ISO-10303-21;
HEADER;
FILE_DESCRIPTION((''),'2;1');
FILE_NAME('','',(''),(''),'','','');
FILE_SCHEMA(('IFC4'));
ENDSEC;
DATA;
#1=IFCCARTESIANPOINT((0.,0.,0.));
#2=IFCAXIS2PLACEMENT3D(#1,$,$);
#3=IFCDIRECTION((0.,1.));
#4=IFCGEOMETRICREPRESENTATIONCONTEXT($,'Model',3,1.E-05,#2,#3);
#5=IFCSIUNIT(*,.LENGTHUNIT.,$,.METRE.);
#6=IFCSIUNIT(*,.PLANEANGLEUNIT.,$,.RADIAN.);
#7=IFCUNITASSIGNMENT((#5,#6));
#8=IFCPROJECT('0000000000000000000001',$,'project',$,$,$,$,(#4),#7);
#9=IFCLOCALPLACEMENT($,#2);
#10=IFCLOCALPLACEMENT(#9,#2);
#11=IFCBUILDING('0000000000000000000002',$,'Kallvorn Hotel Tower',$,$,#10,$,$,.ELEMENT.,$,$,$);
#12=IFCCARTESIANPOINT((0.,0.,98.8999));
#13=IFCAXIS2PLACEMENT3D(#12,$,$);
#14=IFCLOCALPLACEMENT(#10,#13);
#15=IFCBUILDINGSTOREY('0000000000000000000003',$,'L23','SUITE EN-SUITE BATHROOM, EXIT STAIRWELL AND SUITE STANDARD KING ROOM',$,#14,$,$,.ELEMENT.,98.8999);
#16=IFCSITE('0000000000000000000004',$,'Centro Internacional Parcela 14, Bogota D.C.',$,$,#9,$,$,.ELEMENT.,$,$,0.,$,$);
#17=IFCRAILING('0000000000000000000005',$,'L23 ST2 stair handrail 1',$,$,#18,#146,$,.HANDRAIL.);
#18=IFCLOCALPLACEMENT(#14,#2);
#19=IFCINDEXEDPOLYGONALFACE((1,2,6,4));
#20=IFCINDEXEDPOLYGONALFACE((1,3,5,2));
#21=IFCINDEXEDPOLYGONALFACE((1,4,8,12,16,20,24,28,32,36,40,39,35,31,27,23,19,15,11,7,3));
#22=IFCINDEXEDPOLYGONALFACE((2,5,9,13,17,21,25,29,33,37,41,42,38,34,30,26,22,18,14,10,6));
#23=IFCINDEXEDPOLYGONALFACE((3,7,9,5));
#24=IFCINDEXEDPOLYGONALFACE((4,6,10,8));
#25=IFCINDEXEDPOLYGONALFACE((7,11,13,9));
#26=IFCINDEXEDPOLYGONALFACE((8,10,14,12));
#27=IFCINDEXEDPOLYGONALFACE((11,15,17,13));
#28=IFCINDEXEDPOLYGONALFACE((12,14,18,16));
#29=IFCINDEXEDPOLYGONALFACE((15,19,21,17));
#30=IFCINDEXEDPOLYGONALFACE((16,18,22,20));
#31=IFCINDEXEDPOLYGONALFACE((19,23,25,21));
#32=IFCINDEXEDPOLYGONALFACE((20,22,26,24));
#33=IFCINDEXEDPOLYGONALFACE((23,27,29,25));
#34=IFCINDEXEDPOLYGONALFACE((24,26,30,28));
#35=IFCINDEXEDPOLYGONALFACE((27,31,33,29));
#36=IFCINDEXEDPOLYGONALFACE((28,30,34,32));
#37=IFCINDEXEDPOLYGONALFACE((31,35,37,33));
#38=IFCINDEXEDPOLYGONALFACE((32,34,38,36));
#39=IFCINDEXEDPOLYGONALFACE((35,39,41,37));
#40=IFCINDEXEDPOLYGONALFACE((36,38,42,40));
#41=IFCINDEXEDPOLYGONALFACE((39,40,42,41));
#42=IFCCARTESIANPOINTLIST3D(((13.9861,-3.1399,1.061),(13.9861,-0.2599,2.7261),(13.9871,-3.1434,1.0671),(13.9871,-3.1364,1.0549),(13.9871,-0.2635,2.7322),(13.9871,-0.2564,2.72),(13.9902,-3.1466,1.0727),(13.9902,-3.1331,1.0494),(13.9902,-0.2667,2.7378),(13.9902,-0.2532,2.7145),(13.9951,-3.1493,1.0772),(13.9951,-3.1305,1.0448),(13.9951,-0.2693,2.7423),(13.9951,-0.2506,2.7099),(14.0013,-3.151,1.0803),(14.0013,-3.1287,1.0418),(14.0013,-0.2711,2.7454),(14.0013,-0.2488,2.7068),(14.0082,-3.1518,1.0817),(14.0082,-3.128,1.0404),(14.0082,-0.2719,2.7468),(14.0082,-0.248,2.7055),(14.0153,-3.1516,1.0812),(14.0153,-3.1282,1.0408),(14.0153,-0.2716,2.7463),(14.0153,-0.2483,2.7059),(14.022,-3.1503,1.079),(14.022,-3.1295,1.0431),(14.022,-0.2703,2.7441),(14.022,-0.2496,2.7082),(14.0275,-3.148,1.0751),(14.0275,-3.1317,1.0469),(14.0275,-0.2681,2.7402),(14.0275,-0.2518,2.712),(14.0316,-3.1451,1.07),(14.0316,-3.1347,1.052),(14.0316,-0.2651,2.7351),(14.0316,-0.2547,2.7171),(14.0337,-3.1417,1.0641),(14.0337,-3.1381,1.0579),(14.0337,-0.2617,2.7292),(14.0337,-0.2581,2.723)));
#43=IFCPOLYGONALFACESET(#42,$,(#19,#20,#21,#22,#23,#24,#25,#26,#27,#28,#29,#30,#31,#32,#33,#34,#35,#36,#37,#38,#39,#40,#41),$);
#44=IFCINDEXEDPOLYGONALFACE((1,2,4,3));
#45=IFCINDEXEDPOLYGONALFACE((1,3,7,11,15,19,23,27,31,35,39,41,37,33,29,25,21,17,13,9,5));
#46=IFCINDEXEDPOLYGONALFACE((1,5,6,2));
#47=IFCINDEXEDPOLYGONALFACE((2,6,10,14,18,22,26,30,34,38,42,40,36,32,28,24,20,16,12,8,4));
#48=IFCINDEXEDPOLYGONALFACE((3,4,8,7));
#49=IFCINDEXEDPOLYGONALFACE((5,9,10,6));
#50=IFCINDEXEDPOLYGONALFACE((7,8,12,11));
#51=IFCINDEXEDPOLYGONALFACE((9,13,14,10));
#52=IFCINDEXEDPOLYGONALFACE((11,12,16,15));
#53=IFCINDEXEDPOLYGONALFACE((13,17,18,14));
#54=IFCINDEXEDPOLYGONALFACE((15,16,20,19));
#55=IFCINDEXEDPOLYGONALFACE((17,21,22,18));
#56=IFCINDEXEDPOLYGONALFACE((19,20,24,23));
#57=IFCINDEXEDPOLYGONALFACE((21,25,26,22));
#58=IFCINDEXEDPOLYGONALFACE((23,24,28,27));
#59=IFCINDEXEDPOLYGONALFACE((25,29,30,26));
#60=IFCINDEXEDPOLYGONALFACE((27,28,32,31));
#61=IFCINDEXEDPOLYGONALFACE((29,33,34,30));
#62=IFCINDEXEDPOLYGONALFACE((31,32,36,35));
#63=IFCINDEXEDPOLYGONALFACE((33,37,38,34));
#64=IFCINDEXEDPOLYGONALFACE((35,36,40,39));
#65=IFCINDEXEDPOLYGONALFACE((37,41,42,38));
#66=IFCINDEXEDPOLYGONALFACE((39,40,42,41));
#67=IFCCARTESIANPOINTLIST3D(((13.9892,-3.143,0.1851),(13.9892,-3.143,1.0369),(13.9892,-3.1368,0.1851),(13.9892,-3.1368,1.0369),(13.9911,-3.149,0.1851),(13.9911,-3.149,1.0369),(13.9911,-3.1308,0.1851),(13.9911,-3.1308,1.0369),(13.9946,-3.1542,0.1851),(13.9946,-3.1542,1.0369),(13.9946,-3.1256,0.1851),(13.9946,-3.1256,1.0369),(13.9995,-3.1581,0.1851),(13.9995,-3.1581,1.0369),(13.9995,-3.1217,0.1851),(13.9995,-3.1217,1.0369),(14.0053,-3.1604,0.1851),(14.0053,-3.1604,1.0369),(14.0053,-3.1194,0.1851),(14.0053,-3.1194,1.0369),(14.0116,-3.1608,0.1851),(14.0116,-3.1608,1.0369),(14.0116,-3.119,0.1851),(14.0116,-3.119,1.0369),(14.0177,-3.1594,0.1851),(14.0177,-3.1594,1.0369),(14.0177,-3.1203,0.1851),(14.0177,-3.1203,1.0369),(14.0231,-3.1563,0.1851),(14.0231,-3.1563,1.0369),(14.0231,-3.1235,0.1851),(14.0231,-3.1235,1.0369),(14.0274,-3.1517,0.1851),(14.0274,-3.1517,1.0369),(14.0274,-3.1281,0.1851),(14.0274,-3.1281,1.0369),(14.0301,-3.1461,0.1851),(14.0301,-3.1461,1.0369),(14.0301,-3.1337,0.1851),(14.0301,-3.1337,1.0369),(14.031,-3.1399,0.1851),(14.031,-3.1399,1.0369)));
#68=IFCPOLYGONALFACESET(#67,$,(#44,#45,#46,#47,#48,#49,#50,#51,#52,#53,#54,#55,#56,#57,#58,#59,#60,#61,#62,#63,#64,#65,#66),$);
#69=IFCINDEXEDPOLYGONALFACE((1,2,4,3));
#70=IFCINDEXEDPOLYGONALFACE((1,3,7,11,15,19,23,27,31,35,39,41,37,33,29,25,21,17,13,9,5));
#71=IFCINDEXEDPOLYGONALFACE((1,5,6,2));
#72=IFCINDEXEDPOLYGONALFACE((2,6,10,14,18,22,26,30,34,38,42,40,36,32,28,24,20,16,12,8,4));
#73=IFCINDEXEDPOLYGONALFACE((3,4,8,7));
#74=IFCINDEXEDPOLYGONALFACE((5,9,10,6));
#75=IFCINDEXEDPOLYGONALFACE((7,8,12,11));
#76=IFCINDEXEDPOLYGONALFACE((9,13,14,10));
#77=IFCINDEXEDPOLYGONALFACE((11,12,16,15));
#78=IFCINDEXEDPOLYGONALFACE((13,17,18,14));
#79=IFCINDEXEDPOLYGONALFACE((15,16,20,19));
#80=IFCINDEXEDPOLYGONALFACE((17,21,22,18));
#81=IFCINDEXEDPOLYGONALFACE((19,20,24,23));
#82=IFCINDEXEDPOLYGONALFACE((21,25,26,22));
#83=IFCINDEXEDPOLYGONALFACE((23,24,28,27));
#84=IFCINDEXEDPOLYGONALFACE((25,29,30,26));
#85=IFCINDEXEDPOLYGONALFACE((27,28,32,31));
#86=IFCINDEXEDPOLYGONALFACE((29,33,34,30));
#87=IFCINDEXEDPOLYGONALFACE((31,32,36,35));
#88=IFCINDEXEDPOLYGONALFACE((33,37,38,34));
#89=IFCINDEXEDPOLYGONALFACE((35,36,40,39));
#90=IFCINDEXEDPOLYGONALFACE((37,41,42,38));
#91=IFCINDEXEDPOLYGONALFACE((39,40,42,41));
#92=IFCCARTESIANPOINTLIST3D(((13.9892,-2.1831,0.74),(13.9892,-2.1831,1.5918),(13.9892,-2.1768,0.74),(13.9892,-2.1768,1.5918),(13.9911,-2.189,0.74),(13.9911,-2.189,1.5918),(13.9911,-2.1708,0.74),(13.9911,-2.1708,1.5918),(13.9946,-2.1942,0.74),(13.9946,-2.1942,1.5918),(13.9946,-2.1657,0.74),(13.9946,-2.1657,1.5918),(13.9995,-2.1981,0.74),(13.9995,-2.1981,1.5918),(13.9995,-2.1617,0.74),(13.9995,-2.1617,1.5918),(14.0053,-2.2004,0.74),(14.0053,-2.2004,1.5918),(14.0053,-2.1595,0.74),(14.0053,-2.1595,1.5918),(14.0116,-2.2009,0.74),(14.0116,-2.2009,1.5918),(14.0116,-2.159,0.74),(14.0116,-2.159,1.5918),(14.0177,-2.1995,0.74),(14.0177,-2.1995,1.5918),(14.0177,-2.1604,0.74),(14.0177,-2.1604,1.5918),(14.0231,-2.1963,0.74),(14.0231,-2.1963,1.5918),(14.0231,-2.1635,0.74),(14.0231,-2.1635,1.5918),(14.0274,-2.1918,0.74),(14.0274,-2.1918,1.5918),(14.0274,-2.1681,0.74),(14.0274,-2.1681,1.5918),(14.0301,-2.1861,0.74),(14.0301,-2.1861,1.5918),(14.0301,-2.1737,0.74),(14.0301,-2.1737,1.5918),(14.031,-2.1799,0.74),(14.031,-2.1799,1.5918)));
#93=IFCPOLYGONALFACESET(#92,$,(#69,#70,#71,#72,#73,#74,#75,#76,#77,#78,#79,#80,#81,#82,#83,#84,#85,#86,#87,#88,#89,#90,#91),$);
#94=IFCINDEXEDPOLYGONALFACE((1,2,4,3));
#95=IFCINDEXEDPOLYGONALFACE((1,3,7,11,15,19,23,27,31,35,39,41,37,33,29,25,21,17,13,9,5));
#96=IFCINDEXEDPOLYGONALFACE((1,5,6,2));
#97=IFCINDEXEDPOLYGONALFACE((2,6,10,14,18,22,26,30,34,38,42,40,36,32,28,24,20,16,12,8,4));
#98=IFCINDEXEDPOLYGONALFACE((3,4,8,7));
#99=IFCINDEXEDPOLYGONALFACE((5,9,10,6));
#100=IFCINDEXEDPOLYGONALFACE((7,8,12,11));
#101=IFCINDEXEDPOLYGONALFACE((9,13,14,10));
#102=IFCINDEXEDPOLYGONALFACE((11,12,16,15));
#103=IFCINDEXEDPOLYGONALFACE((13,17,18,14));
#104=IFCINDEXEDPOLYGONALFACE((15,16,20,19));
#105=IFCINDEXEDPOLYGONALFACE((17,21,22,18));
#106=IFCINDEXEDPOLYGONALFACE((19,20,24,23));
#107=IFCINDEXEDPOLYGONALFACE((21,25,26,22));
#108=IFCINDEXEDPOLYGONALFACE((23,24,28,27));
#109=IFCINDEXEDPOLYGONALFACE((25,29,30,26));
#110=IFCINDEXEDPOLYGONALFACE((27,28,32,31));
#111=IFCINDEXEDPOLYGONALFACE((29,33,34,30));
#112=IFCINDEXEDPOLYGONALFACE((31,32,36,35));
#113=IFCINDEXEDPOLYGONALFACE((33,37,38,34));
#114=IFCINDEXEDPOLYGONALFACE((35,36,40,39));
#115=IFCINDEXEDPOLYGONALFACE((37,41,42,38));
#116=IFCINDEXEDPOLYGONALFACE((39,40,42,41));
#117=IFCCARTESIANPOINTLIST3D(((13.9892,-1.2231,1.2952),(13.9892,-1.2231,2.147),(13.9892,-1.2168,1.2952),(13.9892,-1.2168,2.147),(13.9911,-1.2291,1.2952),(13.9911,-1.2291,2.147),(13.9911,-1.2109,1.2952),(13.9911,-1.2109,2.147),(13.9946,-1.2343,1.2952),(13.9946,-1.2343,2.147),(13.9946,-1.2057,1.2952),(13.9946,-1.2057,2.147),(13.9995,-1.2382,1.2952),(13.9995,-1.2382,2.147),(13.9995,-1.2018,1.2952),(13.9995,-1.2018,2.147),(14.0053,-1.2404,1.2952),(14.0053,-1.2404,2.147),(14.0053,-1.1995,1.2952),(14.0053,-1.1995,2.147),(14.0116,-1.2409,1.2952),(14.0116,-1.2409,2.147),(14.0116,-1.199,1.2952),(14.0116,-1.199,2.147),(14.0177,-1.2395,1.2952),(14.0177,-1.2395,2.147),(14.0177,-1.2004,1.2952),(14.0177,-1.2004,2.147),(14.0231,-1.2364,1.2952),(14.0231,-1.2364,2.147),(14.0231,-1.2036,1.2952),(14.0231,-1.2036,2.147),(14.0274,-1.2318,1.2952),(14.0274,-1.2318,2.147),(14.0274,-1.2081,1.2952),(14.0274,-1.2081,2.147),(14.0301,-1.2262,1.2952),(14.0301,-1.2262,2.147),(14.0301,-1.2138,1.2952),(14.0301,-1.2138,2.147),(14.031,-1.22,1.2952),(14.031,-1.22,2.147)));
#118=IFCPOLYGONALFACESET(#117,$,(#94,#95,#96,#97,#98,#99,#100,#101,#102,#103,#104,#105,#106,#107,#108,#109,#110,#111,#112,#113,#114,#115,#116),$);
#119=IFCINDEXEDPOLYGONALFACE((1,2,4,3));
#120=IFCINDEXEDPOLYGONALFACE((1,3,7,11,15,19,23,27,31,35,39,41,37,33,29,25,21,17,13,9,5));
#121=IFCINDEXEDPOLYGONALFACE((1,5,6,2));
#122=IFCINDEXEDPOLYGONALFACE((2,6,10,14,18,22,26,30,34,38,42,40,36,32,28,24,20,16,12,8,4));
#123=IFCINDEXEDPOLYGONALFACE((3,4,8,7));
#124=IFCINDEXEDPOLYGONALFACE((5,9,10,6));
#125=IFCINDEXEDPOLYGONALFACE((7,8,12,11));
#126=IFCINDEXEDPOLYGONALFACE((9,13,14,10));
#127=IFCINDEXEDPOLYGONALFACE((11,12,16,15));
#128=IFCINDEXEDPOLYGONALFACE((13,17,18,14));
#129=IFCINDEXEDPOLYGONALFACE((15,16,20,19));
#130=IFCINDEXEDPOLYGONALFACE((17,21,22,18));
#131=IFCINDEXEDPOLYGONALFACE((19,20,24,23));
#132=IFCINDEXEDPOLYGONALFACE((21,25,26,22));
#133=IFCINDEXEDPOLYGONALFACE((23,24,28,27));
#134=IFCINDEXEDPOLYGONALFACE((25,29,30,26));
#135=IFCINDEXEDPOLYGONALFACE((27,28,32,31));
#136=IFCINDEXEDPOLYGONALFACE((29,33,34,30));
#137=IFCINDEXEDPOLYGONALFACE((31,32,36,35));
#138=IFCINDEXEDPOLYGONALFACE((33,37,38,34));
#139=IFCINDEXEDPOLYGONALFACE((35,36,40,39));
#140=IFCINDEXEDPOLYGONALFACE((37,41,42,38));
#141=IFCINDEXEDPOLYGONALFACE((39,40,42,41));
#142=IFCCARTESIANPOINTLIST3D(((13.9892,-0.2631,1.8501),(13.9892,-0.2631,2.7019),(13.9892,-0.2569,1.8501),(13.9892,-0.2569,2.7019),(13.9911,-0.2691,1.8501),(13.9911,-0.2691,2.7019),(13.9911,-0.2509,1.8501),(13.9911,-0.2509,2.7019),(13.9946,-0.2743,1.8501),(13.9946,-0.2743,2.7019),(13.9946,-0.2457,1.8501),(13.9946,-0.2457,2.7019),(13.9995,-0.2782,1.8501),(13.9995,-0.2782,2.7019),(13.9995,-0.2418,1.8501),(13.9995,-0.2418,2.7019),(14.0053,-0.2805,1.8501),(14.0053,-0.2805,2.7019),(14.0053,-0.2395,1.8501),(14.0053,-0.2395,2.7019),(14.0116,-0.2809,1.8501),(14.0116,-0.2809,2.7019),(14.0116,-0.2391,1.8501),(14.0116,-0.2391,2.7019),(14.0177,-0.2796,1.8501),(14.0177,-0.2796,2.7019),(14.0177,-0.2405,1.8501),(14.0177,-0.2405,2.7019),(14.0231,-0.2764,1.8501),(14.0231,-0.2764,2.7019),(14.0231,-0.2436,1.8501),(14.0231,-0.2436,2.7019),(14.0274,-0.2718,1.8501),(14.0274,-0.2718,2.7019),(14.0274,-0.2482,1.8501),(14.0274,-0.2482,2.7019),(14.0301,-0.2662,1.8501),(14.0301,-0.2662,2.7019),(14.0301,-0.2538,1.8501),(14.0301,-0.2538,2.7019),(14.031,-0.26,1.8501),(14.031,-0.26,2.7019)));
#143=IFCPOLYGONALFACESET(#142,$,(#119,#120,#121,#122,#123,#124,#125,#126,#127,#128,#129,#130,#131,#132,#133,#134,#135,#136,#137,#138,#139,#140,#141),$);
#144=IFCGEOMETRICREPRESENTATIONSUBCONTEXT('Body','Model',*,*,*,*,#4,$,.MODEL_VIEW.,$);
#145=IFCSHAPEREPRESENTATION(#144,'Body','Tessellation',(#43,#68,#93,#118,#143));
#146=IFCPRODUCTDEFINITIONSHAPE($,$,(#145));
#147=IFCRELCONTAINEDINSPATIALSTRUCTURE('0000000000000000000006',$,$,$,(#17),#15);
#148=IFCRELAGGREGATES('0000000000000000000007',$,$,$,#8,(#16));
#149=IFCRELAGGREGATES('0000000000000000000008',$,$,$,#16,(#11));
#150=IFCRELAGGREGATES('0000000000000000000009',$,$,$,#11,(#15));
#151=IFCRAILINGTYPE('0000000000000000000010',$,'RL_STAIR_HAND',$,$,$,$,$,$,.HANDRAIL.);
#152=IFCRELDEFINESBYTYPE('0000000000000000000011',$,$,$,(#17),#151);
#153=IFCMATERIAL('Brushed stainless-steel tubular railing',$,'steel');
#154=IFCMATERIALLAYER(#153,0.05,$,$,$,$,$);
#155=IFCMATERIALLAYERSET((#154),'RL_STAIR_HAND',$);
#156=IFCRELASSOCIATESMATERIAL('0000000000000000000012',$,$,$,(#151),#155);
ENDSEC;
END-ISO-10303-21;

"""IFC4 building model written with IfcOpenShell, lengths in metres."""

from ifc_helpers import new_model, si_unit, direction, frame, origin, origin_2d, place, context, subcontext, project, spatial, circle, extrude, material, layer, layer_set, type_object, element, save


model = new_model("IFC4")

# Units and contexts
model_context = context("Model", 3, precision=1e-05, world=origin(), true_north=direction((0.0, 1.0)))
body_context = subcontext(model_context, "Body", "Model", "MODEL_VIEW")
ifc_project = project(units=[si_unit("LENGTHUNIT", "METRE"), si_unit("PLANEANGLEUNIT", "RADIAN")], contexts=[model_context])

# Site, building, storey
site_placement = place(None, origin())
site = spatial("IfcSite", under=ifc_project, at=site_placement, Name="Centro Internacional Parcela 14, Bogota D.C.", CompositionType="ELEMENT", RefElevation=0.0)
building_placement = place(site_placement, origin())
building = spatial("IfcBuilding", under=site, at=building_placement, Name="Kallvorn Hotel Tower", CompositionType="ELEMENT")
storey_placement = place(building_placement, frame((0.0, 0.0, 98.8999)))
storey = spatial("IfcBuildingStorey", under=building, at=storey_placement, Name="L23", Description="SUITE EN-SUITE BATHROOM, EXIT STAIRWELL AND SUITE STANDARD KING ROOM", CompositionType="ELEMENT", Elevation=98.8999)

# Railing
ifc_material_1 = material(Name="Brushed stainless-steel tubular railing", Category="steel")
ifc_layer_1 = layer(ifc_material_1, 0.05)
ifc_layer_set_1 = layer_set([ifc_layer_1], Name="RL_STAIR_HAND")
railing_type_1 = type_object("IfcRailingType", Name="RL_STAIR_HAND", PredefinedType="HANDRAIL", material=ifc_layer_set_1)
railing_1_placement = place(storey_placement, frame((14.01, -3.1399, 0.1851)))
element("IfcRailing", 1, at=railing_1_placement, inside=storey, type_object=railing_type_1, Name="L23 ST2 stair handrail 1", PredefinedType="HANDRAIL", context=body_context, shape_type="SweptSolid", body=[
    extrude(circle(Radius=0.0239, at=origin_2d()), frame((0.0, 0.0, 0.876), z_axis=(0.0, 0.865721, 0.500527), x_axis=(-1.0, 0.0, 0.0)), (0.0, 0.0, 1.0), 3.3267),
    extrude(circle(Radius=0.021, at=origin_2d()), origin(), (0.0, 0.0, 1.0), 0.8518),
    extrude(circle(Radius=0.021, at=origin_2d()), frame((0.0, 0.96, 0.5549)), (0.0, 0.0, 1.0), 0.8518),
    extrude(circle(Radius=0.021, at=origin_2d()), frame((0.0, 1.9199, 1.1101)), (0.0, 0.0, 1.0), 0.8518),
    extrude(circle(Radius=0.021, at=origin_2d()), frame((0.0, 2.8799, 1.665)), (0.0, 0.0, 1.0), 0.8518),
])

save(model, "model.ifc")
